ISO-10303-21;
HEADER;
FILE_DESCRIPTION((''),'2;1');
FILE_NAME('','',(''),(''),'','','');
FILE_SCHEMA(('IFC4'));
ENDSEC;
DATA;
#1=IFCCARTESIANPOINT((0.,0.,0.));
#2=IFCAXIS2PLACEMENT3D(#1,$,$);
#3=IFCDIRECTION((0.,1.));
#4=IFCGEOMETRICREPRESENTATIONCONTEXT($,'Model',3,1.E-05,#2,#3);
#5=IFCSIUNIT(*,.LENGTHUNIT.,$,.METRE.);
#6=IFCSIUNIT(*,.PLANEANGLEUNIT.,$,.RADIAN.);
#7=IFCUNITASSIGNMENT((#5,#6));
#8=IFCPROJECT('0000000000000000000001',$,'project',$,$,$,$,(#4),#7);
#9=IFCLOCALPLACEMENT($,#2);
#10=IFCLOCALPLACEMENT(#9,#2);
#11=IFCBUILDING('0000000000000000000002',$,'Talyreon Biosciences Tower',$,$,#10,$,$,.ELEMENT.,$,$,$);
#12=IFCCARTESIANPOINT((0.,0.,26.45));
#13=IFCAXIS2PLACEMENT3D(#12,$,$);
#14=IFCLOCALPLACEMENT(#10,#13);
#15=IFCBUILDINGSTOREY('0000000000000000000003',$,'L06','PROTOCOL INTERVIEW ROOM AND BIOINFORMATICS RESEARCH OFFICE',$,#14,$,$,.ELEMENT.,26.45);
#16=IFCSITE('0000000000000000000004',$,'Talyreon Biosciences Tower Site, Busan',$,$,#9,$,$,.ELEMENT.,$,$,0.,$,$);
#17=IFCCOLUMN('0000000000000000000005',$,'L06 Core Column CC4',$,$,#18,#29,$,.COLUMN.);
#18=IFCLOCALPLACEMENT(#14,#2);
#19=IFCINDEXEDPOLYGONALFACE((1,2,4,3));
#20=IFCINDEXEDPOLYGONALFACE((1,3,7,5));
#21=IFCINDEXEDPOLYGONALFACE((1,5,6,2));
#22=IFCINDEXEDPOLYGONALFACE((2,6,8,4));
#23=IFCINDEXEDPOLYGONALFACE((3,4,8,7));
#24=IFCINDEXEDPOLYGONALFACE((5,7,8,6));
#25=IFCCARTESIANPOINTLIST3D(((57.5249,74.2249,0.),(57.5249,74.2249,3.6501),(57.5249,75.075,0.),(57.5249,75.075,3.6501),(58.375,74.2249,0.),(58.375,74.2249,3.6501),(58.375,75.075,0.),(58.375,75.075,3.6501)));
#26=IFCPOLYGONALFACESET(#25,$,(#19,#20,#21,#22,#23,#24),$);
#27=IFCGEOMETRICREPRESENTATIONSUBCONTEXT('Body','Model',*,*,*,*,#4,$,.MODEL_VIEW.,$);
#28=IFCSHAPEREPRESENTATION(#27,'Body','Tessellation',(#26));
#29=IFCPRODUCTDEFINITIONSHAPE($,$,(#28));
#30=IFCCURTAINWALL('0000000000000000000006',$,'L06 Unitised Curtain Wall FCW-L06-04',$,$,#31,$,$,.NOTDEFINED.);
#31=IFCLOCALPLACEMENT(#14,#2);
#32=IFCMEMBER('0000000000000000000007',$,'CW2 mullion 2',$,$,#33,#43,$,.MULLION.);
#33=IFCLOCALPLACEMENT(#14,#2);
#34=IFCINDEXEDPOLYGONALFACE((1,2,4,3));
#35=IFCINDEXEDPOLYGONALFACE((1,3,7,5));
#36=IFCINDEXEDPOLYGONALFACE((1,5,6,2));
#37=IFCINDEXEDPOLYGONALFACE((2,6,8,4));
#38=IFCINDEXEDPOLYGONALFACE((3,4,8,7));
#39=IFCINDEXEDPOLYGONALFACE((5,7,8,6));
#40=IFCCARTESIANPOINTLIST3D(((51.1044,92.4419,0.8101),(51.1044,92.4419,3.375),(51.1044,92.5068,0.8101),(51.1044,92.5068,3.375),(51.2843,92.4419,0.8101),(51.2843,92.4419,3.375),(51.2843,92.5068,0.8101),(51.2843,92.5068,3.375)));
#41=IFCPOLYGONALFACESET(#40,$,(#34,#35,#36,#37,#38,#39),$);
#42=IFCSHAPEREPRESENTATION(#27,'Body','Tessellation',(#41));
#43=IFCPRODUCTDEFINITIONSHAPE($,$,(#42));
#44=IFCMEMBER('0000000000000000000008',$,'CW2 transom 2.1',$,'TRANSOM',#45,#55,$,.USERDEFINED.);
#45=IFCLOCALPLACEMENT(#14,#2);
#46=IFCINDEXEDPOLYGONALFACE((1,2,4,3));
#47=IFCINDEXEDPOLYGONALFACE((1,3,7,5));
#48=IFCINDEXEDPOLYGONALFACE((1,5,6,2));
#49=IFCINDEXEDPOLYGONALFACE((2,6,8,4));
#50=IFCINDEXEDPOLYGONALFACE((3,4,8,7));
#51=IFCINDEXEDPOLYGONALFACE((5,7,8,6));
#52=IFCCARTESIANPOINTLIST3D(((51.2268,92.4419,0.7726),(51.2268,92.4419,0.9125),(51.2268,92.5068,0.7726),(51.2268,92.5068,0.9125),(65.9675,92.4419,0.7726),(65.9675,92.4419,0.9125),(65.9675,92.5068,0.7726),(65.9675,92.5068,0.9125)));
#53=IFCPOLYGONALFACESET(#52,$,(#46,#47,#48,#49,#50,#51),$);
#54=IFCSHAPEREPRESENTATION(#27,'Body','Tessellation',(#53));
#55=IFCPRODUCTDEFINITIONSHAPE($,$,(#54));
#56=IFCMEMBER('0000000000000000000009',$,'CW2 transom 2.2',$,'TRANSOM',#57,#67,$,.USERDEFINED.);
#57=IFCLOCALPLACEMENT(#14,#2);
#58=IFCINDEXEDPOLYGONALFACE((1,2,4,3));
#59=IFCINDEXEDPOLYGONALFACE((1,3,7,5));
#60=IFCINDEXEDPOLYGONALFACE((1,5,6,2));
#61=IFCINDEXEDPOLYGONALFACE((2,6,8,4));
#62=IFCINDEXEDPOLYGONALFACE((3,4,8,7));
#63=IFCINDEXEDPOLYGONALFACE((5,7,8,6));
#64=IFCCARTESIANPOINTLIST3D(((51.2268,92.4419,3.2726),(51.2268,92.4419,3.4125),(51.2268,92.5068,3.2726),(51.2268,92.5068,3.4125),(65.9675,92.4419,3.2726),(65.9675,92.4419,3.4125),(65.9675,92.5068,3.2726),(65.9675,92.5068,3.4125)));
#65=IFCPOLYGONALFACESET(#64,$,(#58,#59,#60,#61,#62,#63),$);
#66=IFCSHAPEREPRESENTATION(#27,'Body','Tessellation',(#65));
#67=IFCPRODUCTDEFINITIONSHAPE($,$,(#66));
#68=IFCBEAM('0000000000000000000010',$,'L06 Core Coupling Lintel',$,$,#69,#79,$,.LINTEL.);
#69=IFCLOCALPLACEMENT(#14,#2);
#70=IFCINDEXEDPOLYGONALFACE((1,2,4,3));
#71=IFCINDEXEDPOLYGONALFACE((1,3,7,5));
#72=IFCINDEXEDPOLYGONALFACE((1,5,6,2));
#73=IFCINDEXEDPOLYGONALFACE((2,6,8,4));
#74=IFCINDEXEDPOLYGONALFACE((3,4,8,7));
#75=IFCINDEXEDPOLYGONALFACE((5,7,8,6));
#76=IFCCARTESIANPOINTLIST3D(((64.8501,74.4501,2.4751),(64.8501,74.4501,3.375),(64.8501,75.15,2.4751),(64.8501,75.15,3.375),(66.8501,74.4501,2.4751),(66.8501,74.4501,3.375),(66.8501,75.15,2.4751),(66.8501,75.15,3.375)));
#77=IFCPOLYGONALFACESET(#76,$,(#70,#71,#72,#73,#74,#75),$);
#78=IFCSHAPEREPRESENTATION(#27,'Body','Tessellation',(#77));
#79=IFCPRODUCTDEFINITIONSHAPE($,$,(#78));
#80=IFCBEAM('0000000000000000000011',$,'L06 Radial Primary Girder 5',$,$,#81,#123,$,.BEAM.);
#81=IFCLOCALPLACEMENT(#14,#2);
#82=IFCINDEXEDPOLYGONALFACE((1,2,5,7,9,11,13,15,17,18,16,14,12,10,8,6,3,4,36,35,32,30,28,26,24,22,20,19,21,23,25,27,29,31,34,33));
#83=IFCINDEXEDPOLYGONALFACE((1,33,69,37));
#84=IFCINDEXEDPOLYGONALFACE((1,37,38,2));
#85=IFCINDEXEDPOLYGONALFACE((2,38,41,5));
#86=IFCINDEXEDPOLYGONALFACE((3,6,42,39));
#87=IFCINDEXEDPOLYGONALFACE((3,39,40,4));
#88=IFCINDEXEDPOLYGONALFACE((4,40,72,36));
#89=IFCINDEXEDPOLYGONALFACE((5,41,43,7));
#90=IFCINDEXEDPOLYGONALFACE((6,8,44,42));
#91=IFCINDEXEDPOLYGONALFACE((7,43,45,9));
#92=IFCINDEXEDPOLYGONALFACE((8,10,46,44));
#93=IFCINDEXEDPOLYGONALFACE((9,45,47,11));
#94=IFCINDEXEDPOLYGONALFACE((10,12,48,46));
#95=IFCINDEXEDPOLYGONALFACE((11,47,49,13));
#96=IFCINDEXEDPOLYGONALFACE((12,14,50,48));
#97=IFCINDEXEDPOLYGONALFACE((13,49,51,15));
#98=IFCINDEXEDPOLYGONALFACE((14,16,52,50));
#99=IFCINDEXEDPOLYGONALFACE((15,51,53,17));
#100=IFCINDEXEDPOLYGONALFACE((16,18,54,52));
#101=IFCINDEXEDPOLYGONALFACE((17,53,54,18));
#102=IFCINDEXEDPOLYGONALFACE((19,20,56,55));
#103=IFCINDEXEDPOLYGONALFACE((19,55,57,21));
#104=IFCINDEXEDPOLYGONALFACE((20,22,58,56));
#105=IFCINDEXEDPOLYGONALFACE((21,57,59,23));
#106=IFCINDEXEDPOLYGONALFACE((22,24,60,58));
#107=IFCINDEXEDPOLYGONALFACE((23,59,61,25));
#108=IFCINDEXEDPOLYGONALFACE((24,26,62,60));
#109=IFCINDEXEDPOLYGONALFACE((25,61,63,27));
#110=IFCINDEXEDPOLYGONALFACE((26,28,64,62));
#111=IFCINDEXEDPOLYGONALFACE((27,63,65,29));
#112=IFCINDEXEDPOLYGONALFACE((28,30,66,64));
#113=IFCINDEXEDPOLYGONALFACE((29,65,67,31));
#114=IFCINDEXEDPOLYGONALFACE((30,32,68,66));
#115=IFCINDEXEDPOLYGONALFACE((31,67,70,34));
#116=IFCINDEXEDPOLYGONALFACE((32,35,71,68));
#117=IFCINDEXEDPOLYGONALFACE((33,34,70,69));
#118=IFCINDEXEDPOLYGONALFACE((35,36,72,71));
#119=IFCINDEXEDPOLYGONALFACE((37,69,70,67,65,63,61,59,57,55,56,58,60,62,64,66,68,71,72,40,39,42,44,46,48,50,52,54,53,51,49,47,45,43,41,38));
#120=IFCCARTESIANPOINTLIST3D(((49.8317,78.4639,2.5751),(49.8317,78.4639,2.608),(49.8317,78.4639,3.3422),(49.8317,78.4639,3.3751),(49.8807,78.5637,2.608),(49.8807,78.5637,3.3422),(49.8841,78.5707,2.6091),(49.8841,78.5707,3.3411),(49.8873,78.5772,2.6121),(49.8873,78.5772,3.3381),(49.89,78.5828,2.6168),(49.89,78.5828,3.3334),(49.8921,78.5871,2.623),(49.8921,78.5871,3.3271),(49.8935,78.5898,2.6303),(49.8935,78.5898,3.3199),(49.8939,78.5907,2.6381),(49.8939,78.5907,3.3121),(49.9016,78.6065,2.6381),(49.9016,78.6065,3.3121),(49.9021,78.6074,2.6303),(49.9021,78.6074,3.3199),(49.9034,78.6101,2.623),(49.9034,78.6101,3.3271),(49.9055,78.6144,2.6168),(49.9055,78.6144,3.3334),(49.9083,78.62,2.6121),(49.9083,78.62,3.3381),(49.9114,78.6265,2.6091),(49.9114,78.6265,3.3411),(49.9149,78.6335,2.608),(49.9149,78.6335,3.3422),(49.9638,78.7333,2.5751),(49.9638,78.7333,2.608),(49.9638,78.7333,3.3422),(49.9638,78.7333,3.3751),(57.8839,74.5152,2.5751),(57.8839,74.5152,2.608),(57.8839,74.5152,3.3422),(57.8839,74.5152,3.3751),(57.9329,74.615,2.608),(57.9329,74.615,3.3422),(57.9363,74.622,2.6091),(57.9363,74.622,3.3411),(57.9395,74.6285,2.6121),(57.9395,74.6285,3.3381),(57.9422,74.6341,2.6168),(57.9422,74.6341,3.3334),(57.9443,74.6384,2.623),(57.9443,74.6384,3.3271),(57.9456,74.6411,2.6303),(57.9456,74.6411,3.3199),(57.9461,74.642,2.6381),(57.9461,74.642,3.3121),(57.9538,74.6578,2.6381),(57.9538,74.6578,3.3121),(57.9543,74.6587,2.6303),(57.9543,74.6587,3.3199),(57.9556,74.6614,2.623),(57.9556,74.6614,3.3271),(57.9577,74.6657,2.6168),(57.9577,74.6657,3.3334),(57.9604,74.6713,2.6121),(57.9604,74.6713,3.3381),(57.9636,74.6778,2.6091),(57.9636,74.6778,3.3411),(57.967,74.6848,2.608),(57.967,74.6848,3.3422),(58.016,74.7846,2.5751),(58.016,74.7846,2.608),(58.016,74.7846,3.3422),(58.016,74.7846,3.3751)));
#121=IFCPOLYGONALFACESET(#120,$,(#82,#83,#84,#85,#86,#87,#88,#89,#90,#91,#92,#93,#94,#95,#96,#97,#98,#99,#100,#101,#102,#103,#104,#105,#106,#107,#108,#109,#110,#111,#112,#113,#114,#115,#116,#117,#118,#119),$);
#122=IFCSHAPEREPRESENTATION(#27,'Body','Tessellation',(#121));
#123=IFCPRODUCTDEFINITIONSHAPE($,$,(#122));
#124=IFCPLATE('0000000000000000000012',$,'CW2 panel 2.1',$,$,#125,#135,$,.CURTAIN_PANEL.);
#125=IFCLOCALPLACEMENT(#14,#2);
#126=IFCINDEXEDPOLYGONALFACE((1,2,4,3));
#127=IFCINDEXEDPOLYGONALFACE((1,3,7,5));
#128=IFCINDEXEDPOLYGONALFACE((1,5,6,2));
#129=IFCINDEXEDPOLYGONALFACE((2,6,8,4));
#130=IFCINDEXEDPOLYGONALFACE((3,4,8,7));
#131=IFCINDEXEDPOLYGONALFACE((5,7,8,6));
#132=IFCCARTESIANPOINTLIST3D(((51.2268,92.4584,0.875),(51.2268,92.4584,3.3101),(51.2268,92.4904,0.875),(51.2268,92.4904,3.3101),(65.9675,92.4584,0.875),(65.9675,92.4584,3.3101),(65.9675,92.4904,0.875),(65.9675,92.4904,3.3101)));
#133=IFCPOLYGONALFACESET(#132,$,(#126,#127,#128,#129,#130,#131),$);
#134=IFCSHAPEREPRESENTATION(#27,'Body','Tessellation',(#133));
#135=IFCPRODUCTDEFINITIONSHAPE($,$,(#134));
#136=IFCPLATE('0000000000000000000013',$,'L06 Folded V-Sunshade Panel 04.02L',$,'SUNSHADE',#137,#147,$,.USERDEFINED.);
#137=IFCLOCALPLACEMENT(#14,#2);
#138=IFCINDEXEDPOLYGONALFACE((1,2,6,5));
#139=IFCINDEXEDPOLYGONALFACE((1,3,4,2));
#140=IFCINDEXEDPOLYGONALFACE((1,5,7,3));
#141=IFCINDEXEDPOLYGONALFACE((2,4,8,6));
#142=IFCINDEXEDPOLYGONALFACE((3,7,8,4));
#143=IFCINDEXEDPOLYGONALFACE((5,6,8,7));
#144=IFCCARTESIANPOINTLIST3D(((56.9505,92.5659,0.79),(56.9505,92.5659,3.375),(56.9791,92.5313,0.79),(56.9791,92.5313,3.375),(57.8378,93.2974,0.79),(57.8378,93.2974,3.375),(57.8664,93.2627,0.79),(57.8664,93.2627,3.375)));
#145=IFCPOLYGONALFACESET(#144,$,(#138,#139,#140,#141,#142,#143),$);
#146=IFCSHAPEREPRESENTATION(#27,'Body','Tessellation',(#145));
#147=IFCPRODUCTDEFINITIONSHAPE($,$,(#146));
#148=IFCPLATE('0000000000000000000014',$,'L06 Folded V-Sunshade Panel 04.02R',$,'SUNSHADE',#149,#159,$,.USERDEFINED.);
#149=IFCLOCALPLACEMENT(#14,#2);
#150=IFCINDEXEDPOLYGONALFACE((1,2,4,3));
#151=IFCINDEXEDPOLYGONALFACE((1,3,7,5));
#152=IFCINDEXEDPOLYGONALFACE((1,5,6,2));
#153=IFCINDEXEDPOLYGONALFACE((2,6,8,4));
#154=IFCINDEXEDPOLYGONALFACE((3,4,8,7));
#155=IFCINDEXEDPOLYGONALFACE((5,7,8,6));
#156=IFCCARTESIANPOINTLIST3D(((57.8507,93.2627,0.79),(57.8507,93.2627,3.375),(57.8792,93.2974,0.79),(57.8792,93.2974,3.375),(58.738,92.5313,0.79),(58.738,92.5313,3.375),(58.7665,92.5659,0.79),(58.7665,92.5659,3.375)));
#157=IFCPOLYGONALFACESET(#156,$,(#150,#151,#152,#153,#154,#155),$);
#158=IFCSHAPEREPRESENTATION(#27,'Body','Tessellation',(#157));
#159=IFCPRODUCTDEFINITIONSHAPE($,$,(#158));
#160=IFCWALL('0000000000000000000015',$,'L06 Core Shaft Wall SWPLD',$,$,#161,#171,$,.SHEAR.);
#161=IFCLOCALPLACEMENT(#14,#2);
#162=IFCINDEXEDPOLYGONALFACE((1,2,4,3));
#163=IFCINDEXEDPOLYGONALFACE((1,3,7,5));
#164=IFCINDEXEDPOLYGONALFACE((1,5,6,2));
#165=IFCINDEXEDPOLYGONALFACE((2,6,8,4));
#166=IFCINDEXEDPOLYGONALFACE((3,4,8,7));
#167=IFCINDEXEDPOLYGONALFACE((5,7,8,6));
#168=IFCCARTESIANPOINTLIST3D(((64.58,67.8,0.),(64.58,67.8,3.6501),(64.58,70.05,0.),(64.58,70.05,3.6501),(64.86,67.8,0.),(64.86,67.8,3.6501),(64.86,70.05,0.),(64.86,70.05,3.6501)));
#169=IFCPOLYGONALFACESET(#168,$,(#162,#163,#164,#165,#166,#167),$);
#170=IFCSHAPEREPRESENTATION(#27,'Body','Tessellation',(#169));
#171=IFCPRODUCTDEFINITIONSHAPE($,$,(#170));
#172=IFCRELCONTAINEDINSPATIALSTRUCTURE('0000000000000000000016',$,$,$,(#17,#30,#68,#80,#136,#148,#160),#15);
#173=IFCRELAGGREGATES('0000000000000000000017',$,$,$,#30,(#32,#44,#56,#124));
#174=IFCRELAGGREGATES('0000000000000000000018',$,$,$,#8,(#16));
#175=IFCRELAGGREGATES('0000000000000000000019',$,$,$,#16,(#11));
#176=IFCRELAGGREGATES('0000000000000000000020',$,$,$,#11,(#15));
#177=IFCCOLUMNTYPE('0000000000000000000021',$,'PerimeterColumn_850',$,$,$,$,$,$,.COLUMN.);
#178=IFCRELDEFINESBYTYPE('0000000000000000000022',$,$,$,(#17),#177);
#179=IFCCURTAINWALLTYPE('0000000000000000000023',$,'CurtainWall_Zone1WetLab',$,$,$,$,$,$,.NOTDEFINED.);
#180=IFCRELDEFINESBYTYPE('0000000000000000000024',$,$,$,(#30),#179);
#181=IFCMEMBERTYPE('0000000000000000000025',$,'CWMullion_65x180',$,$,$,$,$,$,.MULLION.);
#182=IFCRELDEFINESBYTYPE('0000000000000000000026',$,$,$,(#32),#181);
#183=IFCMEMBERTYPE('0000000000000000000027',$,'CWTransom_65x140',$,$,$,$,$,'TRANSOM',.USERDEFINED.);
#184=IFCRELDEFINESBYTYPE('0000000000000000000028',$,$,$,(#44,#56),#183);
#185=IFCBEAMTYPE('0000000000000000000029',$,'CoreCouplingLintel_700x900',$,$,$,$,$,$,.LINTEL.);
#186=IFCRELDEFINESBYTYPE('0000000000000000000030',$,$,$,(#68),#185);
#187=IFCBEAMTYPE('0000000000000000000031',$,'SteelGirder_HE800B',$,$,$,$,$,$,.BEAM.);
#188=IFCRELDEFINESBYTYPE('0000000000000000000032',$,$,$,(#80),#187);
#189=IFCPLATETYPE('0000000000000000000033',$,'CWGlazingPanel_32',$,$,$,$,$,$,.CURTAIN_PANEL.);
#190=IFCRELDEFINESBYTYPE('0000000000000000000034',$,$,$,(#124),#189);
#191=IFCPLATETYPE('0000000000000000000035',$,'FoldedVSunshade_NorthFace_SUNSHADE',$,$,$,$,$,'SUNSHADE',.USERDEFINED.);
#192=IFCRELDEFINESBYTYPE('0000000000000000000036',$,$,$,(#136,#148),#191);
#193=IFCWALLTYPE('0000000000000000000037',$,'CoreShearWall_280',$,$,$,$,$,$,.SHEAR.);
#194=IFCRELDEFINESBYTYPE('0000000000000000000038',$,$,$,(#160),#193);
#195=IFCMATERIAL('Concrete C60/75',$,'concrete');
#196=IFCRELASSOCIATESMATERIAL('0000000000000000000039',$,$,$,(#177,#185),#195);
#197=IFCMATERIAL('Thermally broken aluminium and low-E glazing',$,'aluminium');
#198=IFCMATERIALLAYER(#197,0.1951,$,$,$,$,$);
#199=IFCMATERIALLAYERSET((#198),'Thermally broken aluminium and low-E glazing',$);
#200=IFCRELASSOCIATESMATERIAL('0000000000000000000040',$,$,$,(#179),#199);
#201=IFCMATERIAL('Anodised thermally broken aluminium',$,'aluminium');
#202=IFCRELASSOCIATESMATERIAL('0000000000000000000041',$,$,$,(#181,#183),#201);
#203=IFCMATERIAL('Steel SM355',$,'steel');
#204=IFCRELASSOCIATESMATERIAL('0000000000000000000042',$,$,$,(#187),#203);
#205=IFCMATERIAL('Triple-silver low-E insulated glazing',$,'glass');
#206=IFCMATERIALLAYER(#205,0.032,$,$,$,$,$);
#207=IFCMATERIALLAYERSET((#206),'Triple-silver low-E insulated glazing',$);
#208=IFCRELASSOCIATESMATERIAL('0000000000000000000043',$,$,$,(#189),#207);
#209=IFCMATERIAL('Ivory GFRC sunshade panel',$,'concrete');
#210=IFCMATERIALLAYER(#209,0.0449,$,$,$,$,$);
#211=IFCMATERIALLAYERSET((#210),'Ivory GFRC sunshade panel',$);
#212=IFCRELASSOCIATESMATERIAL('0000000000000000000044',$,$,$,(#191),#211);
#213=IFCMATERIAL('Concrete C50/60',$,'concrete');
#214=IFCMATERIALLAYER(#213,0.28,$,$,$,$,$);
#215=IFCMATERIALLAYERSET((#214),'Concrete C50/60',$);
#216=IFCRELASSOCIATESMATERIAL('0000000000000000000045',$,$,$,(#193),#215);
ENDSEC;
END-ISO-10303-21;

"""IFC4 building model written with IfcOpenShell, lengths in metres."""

from ifc_helpers import new_model, si_unit, direction, frame, frame_2d, origin, origin_2d, place, context, subcontext, project, spatial, rectangle, i_section, extrude, material, layer, layer_set, material_profile, profile_set, type_object, element, aggregate, save


model = new_model("IFC4")

# Units and contexts
model_context = context("Model", 3, precision=1e-05, world=origin(), true_north=direction((0.0, 1.0)))
body_context = subcontext(model_context, "Body", "Model", "MODEL_VIEW")
ifc_project = project(units=[si_unit("LENGTHUNIT", "METRE"), si_unit("PLANEANGLEUNIT", "RADIAN")], contexts=[model_context])

# Site, building, storey
site_placement = place(None, origin())
site = spatial("IfcSite", under=ifc_project, at=site_placement, Name="Talyreon Biosciences Tower Site, Busan", CompositionType="ELEMENT", RefElevation=0.0)
building_placement = place(site_placement, origin())
building = spatial("IfcBuilding", under=site, at=building_placement, Name="Talyreon Biosciences Tower", CompositionType="ELEMENT")
storey_placement = place(building_placement, frame((0.0, 0.0, 26.45)))
storey = spatial("IfcBuildingStorey", under=building, at=storey_placement, Name="L06", Description="PROTOCOL INTERVIEW ROOM AND BIOINFORMATICS RESEARCH OFFICE", CompositionType="ELEMENT", Elevation=26.45)

# Column
ifc_material_1 = material(Name="Concrete C60/75", Category="concrete")
ifc_material_profile_1 = material_profile(ifc_material_1, rectangle(XDim=0.8501, YDim=0.8501, at=origin_2d()), Name="RC 850x850")
ifc_profile_set_1 = profile_set([ifc_material_profile_1], Name="Concrete C60/75")
column_type = type_object("IfcColumnType", Name="PerimeterColumn_850", PredefinedType="COLUMN", material=ifc_profile_set_1)
column_placement = place(storey_placement, frame((57.95, 74.6499, 0.0), z_axis=(0.0, 0.0, 1.0), x_axis=(1.0, 0.0, 0.0)))
element("IfcColumn", 1, at=column_placement, inside=storey, type_object=column_type, Name="L06 Core Column CC4", PredefinedType="COLUMN", context=body_context, shape_type="SweptSolid", body=[
    extrude(rectangle(XDim=0.8501, YDim=0.8501, at=origin_2d()), origin(), (0.0, 0.0, 1.0), 3.6501),
])

# Curtain wall, members
ifc_material_2 = material(Name="Thermally broken aluminium and low-E glazing", Category="aluminium")
ifc_layer_1 = layer(ifc_material_2, 0.1951)
ifc_layer_set_1 = layer_set([ifc_layer_1], Name="Thermally broken aluminium and low-E glazing")
curtain_wall_type = type_object("IfcCurtainWallType", Name="CurtainWall_Zone1WetLab", PredefinedType="NOTDEFINED", material=ifc_layer_set_1)
curtain_wall_placement = place(storey_placement, origin())
curtain_wall = element("IfcCurtainWall", 2, at=curtain_wall_placement, inside=storey, type_object=curtain_wall_type, Name="L06 Unitised Curtain Wall FCW-L06-04", PredefinedType="NOTDEFINED")
ifc_material_3 = material(Name="Anodised thermally broken aluminium", Category="aluminium")
ifc_material_profile_2 = material_profile(ifc_material_3, rectangle(XDim=0.0649, YDim=0.1799, at=origin_2d()), Name="ALUM MULLION 65x180")
ifc_profile_set_2 = profile_set([ifc_material_profile_2], Name="Anodised thermally broken aluminium")
member_type_1 = type_object("IfcMemberType", Name="CWMullion_65x180", PredefinedType="MULLION", material=ifc_profile_set_2)
member_1_placement = place(storey_placement, frame((51.1943, 92.4744, 0.8101), z_axis=(0.0, 0.0, 1.0), x_axis=(0.0, 1.0, 0.0)))
member_1 = element("IfcMember", 3, at=member_1_placement, type_object=member_type_1, Name="CW2 mullion 2", PredefinedType="MULLION", context=body_context, shape_type="SweptSolid", body=[
    extrude(rectangle(XDim=0.0649, YDim=0.1799, at=origin_2d()), origin(), (0.0, 0.0, 1.0), 2.5649),
])
ifc_material_profile_3 = material_profile(ifc_material_3, rectangle(XDim=0.0649, YDim=0.1399, at=origin_2d()), Name="ALUM TRANSOM 65x140")
ifc_profile_set_3 = profile_set([ifc_material_profile_3], Name="Anodised thermally broken aluminium")
member_type_2 = type_object("IfcMemberType", Name="CWTransom_65x140", ElementType="TRANSOM", PredefinedType="USERDEFINED", material=ifc_profile_set_3)
member_2_placement = place(storey_placement, frame((51.2268, 92.4744, 0.8425), z_axis=(1.0, 0.0, 0.0), x_axis=(0.0, 1.0, 0.0)))
member_2 = element("IfcMember", 4, at=member_2_placement, type_object=member_type_2, Name="CW2 transom 2.1", ObjectType="TRANSOM", PredefinedType="USERDEFINED", context=body_context, shape_type="SweptSolid", body=[
    extrude(rectangle(XDim=0.0649, YDim=0.1399, at=origin_2d()), origin(), (0.0, 0.0, 1.0), 14.7407),
])
member_3_placement = place(storey_placement, frame((51.2268, 92.4744, 3.3425), z_axis=(1.0, 0.0, 0.0), x_axis=(0.0, 1.0, 0.0)))
member_3 = element("IfcMember", 5, at=member_3_placement, type_object=member_type_2, Name="CW2 transom 2.2", ObjectType="TRANSOM", PredefinedType="USERDEFINED", context=body_context, shape_type="SweptSolid", body=[
    extrude(rectangle(XDim=0.0649, YDim=0.1399, at=origin_2d()), origin(), (0.0, 0.0, 1.0), 14.7407),
])

# Beams
ifc_material_profile_4 = material_profile(ifc_material_1, rectangle(XDim=0.7, YDim=0.8999, at=origin_2d()), Name="RCB 700x900")
ifc_profile_set_4 = profile_set([ifc_material_profile_4], Name="Concrete C60/75")
beam_type_1 = type_object("IfcBeamType", Name="CoreCouplingLintel_700x900", PredefinedType="LINTEL", material=ifc_profile_set_4)
beam_1_placement = place(storey_placement, frame((64.8501, 74.8, 2.925), z_axis=(1.0, 0.0, 0.0), x_axis=(0.0, 1.0, 0.0)))
element("IfcBeam", 6, at=beam_1_placement, inside=storey, type_object=beam_type_1, Name="L06 Core Coupling Lintel", PredefinedType="LINTEL", context=body_context, shape_type="SweptSolid", body=[
    extrude(rectangle(XDim=0.7, YDim=0.8999, at=origin_2d()), origin(), (0.0, 0.0, 1.0), 2.0),
])
ifc_material_4 = material(Name="Steel SM355", Category="steel")
ifc_material_profile_5 = material_profile(ifc_material_4, i_section(OverallWidth=0.3, OverallDepth=0.8, WebThickness=0.0176, FlangeThickness=0.033, FilletRadius=0.03, at=origin_2d()), Name="HE800B")
ifc_profile_set_5 = profile_set([ifc_material_profile_5], Name="Steel SM355")
beam_type_2 = type_object("IfcBeamType", Name="SteelGirder_HE800B", PredefinedType="BEAM", material=ifc_profile_set_5)
beam_2_placement = place(storey_placement, frame((57.95, 74.6499, 2.9751), z_axis=(-0.897852, 0.440297, 0.0), x_axis=(-0.440297, -0.897852, 0.0)))
element("IfcBeam", 7, at=beam_2_placement, inside=storey, type_object=beam_type_2, Name="L06 Radial Primary Girder 5", PredefinedType="BEAM", context=body_context, shape_type="SweptSolid", body=[
    extrude(i_section(OverallWidth=0.3, OverallDepth=0.8, WebThickness=0.0176, FlangeThickness=0.033, FilletRadius=0.03, at=origin_2d()), origin(), (0.0, 0.0, 1.0), 8.9683),
])

# Plate
ifc_material_5 = material(Name="Triple-silver low-E insulated glazing", Category="glass")
ifc_layer_2 = layer(ifc_material_5, 0.032)
ifc_layer_set_2 = layer_set([ifc_layer_2], Name="Triple-silver low-E insulated glazing")
plate_type_1 = type_object("IfcPlateType", Name="CWGlazingPanel_32", PredefinedType="CURTAIN_PANEL", material=ifc_layer_set_2)
plate_placement = place(storey_placement, frame((58.5972, 92.4744, 0.875), z_axis=(0.0, 0.0, 1.0), x_axis=(1.0, 0.0, 0.0)))
plate = element("IfcPlate", 8, at=plate_placement, type_object=plate_type_1, Name="CW2 panel 2.1", PredefinedType="CURTAIN_PANEL", context=body_context, shape_type="SweptSolid", body=[
    extrude(rectangle(XDim=14.7407, YDim=0.032, at=origin_2d()), origin(), (0.0, 0.0, 1.0), 2.4351),
])
aggregate(curtain_wall, [member_1, member_2, member_3, plate])

# Plates
ifc_material_6 = material(Name="Ivory GFRC sunshade panel", Category="concrete")
ifc_layer_3 = layer(ifc_material_6, 0.0449)
ifc_layer_set_3 = layer_set([ifc_layer_3], Name="Ivory GFRC sunshade panel")
plate_type_2 = type_object("IfcPlateType", Name="FoldedVSunshade_NorthFace_SUNSHADE", ElementType="SUNSHADE", PredefinedType="USERDEFINED", material=ifc_layer_set_3)
for number, where, z_axis, x_axis, name in (
    (9, (57.4084, 92.9143, 0.79), (0.0, 0.0, 1.0), (0.771625, 0.636078, 0.0), "L06 Folded V-Sunshade Panel 04.02L"),
    (10, (58.3086, 92.9143, 0.79), (0.0, 0.0, 1.0), (0.771625, -0.636078, 0.0), "L06 Folded V-Sunshade Panel 04.02R"),
):
    element("IfcPlate", number, at=place(storey_placement, frame(where, z_axis=z_axis, x_axis=x_axis)), inside=storey, type_object=plate_type_2, Name=name, ObjectType="SUNSHADE", PredefinedType="USERDEFINED", context=body_context, shape_type="SweptSolid", body=[
        extrude(rectangle(XDim=1.1499, YDim=0.0449, at=origin_2d()), origin(), (0.0, 0.0, 1.0), 2.585),
    ])

# Wall
ifc_material_7 = material(Name="Concrete C50/60", Category="concrete")
ifc_layer_4 = layer(ifc_material_7, 0.28)
ifc_layer_set_4 = layer_set([ifc_layer_4], Name="Concrete C50/60")
wall_type_1 = type_object("IfcWallType", Name="CoreShearWall_280", PredefinedType="SHEAR", material=ifc_layer_set_4)
wall_1_placement = place(storey_placement, frame((64.72, 67.8, 0.0), z_axis=(0.0, 0.0, 1.0), x_axis=(0.0, 1.0, 0.0)))
element("IfcWall", 11, at=wall_1_placement, inside=storey, type_object=wall_type_1, Name="L06 Core Shaft Wall SWPLD", PredefinedType="SHEAR", context=body_context, shape_type="SweptSolid", body=[
    extrude(rectangle(XDim=2.25, YDim=0.28, at=frame_2d((1.125, 0.0))), origin(), (0.0, 0.0, 1.0), 3.6501),
])

save(model, "model.ifc")
